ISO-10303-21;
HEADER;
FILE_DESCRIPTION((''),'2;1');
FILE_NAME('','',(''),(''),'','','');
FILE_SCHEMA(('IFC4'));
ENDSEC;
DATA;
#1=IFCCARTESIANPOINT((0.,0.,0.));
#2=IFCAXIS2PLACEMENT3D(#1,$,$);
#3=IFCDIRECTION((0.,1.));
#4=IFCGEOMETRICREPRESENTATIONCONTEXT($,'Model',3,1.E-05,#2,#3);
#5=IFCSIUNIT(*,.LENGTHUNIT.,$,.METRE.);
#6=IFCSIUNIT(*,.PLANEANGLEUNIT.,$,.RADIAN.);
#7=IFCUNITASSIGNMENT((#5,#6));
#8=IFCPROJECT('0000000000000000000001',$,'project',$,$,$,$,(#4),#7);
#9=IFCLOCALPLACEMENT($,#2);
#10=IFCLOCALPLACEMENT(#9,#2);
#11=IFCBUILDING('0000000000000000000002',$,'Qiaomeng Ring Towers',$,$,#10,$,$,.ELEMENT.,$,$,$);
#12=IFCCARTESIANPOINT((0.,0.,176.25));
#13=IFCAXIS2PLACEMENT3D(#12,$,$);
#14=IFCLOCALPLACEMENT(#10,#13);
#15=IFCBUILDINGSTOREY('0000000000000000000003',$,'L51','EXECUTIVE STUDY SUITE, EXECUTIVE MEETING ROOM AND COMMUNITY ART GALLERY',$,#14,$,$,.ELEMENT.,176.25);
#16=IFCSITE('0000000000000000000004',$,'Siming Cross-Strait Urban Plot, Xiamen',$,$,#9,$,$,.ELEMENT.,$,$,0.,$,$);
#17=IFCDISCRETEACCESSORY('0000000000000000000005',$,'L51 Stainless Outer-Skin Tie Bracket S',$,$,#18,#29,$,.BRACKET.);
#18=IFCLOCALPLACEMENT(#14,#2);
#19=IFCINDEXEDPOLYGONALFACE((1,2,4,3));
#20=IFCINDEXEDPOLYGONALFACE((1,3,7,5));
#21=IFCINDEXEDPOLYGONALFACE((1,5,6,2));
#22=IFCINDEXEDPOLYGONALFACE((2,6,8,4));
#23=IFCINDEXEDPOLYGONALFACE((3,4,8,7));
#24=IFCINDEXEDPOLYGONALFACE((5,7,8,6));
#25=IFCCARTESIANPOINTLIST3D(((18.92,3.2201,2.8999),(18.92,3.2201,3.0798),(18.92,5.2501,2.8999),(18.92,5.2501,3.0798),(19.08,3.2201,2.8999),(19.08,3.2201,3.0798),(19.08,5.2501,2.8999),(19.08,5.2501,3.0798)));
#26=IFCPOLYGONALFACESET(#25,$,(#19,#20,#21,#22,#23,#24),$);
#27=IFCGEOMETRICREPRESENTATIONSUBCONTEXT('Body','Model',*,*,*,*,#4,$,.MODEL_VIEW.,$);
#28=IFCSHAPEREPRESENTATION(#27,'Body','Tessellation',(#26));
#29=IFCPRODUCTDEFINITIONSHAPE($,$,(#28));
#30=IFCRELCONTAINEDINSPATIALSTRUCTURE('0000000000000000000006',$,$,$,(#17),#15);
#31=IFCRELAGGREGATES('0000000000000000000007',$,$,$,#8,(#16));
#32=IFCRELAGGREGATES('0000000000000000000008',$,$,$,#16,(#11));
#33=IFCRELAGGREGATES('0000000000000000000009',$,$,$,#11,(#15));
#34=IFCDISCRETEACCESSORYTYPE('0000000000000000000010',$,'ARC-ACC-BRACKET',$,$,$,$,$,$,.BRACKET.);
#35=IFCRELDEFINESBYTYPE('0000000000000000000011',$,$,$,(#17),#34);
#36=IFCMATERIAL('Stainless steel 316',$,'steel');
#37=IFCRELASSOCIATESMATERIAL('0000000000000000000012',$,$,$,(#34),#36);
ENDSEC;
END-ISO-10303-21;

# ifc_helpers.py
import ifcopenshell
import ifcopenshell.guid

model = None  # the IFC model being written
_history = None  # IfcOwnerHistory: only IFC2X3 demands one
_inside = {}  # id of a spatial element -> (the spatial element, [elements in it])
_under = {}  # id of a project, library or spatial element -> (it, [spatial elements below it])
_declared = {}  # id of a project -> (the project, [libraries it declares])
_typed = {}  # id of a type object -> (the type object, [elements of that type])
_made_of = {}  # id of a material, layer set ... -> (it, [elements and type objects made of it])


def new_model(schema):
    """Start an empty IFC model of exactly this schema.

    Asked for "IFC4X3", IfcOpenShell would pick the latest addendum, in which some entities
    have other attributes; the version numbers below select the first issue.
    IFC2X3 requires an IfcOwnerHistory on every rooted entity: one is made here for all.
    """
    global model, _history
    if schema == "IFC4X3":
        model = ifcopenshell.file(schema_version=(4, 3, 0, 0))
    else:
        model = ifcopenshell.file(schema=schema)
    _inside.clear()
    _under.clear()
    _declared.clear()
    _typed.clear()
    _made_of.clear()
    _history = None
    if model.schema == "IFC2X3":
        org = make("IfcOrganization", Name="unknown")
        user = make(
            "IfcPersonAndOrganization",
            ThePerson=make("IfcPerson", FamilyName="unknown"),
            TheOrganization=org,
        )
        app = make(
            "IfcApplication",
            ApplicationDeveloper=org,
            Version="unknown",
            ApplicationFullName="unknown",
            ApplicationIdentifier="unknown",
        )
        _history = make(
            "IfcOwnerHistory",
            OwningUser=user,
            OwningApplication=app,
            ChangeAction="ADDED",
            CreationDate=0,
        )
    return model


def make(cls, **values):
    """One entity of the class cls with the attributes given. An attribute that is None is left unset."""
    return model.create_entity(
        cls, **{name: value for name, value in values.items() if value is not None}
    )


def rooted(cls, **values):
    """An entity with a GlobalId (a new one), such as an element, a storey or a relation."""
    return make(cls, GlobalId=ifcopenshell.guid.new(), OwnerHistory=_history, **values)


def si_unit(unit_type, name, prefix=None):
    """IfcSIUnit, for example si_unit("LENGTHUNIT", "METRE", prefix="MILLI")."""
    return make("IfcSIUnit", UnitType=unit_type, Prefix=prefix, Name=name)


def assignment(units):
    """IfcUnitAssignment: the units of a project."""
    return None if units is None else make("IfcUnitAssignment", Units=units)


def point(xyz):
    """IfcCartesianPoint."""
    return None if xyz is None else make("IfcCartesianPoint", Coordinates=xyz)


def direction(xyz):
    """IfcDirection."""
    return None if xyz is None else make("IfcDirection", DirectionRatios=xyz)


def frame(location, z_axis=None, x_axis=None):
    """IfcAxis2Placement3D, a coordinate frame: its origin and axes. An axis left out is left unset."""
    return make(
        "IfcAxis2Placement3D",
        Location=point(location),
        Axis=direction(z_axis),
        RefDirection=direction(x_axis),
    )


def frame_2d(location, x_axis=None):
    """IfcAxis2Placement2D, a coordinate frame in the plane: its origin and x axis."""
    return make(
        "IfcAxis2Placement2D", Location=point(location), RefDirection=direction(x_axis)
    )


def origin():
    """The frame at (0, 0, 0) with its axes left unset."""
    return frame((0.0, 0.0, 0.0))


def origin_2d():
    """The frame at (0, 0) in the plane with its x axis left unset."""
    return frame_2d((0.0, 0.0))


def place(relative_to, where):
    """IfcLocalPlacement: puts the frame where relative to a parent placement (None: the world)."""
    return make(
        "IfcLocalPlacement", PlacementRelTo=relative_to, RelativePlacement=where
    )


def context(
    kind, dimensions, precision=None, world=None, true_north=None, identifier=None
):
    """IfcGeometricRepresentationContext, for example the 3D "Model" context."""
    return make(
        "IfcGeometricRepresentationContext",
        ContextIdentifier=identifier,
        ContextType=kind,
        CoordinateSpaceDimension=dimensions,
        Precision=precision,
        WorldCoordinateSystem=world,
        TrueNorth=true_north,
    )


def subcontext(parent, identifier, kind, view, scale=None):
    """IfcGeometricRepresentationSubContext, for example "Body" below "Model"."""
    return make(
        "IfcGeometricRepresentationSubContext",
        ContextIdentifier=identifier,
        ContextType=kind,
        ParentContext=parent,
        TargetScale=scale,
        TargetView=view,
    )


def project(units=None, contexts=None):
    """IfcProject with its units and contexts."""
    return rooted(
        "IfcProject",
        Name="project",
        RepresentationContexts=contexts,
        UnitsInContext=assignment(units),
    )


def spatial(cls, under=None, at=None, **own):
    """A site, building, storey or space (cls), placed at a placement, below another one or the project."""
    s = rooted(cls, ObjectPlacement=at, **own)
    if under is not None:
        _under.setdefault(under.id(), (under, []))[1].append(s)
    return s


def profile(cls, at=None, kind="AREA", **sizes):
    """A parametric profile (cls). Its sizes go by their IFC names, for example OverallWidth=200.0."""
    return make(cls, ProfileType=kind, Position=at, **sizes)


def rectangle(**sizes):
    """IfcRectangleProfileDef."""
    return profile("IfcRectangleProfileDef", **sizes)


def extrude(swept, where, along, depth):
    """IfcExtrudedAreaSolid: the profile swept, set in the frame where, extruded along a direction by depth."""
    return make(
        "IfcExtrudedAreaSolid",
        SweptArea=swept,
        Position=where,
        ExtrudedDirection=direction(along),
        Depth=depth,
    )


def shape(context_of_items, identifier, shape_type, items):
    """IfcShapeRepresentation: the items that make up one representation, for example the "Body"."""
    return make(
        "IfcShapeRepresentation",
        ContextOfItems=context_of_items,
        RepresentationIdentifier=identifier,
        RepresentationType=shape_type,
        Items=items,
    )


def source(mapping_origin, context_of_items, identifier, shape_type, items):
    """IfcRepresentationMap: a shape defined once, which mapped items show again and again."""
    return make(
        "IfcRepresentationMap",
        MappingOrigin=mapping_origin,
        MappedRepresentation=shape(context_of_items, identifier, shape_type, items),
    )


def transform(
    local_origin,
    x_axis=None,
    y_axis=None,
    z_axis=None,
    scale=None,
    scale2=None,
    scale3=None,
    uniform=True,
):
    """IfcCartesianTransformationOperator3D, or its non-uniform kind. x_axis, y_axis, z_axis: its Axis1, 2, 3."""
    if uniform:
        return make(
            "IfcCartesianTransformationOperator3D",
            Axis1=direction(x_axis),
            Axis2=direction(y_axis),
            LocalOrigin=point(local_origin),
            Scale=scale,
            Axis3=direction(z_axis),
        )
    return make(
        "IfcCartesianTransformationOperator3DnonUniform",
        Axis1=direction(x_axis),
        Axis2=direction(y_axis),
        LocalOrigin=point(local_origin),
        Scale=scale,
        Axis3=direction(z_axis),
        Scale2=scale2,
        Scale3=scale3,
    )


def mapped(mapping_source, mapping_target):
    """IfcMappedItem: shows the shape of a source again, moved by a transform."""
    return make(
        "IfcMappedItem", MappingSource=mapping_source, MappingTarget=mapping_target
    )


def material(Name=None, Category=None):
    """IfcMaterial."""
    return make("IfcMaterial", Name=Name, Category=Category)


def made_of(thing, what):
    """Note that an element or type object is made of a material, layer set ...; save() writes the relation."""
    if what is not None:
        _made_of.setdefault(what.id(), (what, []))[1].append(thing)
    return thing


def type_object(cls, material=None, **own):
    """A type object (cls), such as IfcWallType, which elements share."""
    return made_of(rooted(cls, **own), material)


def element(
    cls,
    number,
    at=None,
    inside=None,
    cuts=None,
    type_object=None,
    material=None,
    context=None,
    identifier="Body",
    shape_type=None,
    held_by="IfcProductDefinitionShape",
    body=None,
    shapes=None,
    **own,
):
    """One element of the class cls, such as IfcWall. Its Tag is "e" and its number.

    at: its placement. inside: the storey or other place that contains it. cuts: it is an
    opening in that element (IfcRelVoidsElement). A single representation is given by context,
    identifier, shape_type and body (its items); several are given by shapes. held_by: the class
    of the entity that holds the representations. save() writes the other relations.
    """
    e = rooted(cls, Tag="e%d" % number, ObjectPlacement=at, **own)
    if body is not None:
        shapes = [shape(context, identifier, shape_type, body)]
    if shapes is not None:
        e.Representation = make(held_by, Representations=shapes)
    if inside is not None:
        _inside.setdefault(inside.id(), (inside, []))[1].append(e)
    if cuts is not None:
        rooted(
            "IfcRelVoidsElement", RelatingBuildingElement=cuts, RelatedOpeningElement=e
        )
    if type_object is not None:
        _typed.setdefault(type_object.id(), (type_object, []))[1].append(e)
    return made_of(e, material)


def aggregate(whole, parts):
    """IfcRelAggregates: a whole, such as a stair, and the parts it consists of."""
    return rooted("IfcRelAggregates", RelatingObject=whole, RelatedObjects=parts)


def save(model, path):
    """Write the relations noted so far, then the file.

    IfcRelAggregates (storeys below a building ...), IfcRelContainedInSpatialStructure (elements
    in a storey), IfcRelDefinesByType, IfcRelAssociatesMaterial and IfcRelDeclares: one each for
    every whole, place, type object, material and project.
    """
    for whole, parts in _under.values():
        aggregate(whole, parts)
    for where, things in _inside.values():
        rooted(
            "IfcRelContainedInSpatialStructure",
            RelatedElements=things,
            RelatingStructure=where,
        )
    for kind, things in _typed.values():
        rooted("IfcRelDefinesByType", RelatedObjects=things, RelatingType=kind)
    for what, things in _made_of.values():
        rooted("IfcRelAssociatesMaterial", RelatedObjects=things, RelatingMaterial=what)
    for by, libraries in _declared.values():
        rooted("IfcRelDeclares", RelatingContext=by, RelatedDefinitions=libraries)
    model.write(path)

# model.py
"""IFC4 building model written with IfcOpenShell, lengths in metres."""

from ifc_helpers import new_model, si_unit, direction, frame, origin, origin_2d, place, context, subcontext, project, spatial, rectangle, extrude, source, transform, mapped, material, type_object, element, save


model = new_model("IFC4")

# Units and contexts
model_context = context("Model", 3, precision=1e-05, world=origin(), true_north=direction((0.0, 1.0)))
body_context = subcontext(model_context, "Body", "Model", "MODEL_VIEW")
ifc_project = project(units=[si_unit("LENGTHUNIT", "METRE"), si_unit("PLANEANGLEUNIT", "RADIAN")], contexts=[model_context])

# Site, building, storey
site_placement = place(None, origin())
site = spatial("IfcSite", under=ifc_project, at=site_placement, Name="Siming Cross-Strait Urban Plot, Xiamen", CompositionType="ELEMENT", RefElevation=0.0)
building_placement = place(site_placement, origin())
building = spatial("IfcBuilding", under=site, at=building_placement, Name="Qiaomeng Ring Towers", CompositionType="ELEMENT")
storey_placement = place(building_placement, frame((0.0, 0.0, 176.25)))
storey = spatial("IfcBuildingStorey", under=building, at=storey_placement, Name="L51", Description="EXECUTIVE STUDY SUITE, EXECUTIVE MEETING ROOM AND COMMUNITY ART GALLERY", CompositionType="ELEMENT", Elevation=176.25)

# Shared definitions
ifc_material_1 = material(Name="Stainless steel 316", Category="steel")

# Discrete accessory
discrete_accessory_type = type_object("IfcDiscreteAccessoryType", Name="ARC-ACC-BRACKET", PredefinedType="BRACKET", material=ifc_material_1)
shared_shape_1 = source(origin(), body_context, "Body", "SweptSolid", [
    extrude(rectangle(XDim=0.1599, YDim=2.03, at=origin_2d()), origin(), (0.0, 0.0, 1.0), 0.1799),
])
discrete_accessory_placement = place(storey_placement, frame((19.0, 4.2351, 2.8999), z_axis=(0.0, 0.0, 1.0), x_axis=(1.0, 0.0, 0.0)))
element("IfcDiscreteAccessory", 1, at=discrete_accessory_placement, inside=storey, type_object=discrete_accessory_type, Name="L51 Stainless Outer-Skin Tie Bracket S", PredefinedType="BRACKET", context=body_context, shape_type="MappedRepresentation", body=[
    mapped(shared_shape_1, transform((0.0, 0.0, 0.0), x_axis=(1.0, 0.0, 0.0), y_axis=(0.0, 1.0, 0.0), z_axis=(0.0, 0.0, 1.0), scale=1.0)),
])

save(model, "model.ifc")
